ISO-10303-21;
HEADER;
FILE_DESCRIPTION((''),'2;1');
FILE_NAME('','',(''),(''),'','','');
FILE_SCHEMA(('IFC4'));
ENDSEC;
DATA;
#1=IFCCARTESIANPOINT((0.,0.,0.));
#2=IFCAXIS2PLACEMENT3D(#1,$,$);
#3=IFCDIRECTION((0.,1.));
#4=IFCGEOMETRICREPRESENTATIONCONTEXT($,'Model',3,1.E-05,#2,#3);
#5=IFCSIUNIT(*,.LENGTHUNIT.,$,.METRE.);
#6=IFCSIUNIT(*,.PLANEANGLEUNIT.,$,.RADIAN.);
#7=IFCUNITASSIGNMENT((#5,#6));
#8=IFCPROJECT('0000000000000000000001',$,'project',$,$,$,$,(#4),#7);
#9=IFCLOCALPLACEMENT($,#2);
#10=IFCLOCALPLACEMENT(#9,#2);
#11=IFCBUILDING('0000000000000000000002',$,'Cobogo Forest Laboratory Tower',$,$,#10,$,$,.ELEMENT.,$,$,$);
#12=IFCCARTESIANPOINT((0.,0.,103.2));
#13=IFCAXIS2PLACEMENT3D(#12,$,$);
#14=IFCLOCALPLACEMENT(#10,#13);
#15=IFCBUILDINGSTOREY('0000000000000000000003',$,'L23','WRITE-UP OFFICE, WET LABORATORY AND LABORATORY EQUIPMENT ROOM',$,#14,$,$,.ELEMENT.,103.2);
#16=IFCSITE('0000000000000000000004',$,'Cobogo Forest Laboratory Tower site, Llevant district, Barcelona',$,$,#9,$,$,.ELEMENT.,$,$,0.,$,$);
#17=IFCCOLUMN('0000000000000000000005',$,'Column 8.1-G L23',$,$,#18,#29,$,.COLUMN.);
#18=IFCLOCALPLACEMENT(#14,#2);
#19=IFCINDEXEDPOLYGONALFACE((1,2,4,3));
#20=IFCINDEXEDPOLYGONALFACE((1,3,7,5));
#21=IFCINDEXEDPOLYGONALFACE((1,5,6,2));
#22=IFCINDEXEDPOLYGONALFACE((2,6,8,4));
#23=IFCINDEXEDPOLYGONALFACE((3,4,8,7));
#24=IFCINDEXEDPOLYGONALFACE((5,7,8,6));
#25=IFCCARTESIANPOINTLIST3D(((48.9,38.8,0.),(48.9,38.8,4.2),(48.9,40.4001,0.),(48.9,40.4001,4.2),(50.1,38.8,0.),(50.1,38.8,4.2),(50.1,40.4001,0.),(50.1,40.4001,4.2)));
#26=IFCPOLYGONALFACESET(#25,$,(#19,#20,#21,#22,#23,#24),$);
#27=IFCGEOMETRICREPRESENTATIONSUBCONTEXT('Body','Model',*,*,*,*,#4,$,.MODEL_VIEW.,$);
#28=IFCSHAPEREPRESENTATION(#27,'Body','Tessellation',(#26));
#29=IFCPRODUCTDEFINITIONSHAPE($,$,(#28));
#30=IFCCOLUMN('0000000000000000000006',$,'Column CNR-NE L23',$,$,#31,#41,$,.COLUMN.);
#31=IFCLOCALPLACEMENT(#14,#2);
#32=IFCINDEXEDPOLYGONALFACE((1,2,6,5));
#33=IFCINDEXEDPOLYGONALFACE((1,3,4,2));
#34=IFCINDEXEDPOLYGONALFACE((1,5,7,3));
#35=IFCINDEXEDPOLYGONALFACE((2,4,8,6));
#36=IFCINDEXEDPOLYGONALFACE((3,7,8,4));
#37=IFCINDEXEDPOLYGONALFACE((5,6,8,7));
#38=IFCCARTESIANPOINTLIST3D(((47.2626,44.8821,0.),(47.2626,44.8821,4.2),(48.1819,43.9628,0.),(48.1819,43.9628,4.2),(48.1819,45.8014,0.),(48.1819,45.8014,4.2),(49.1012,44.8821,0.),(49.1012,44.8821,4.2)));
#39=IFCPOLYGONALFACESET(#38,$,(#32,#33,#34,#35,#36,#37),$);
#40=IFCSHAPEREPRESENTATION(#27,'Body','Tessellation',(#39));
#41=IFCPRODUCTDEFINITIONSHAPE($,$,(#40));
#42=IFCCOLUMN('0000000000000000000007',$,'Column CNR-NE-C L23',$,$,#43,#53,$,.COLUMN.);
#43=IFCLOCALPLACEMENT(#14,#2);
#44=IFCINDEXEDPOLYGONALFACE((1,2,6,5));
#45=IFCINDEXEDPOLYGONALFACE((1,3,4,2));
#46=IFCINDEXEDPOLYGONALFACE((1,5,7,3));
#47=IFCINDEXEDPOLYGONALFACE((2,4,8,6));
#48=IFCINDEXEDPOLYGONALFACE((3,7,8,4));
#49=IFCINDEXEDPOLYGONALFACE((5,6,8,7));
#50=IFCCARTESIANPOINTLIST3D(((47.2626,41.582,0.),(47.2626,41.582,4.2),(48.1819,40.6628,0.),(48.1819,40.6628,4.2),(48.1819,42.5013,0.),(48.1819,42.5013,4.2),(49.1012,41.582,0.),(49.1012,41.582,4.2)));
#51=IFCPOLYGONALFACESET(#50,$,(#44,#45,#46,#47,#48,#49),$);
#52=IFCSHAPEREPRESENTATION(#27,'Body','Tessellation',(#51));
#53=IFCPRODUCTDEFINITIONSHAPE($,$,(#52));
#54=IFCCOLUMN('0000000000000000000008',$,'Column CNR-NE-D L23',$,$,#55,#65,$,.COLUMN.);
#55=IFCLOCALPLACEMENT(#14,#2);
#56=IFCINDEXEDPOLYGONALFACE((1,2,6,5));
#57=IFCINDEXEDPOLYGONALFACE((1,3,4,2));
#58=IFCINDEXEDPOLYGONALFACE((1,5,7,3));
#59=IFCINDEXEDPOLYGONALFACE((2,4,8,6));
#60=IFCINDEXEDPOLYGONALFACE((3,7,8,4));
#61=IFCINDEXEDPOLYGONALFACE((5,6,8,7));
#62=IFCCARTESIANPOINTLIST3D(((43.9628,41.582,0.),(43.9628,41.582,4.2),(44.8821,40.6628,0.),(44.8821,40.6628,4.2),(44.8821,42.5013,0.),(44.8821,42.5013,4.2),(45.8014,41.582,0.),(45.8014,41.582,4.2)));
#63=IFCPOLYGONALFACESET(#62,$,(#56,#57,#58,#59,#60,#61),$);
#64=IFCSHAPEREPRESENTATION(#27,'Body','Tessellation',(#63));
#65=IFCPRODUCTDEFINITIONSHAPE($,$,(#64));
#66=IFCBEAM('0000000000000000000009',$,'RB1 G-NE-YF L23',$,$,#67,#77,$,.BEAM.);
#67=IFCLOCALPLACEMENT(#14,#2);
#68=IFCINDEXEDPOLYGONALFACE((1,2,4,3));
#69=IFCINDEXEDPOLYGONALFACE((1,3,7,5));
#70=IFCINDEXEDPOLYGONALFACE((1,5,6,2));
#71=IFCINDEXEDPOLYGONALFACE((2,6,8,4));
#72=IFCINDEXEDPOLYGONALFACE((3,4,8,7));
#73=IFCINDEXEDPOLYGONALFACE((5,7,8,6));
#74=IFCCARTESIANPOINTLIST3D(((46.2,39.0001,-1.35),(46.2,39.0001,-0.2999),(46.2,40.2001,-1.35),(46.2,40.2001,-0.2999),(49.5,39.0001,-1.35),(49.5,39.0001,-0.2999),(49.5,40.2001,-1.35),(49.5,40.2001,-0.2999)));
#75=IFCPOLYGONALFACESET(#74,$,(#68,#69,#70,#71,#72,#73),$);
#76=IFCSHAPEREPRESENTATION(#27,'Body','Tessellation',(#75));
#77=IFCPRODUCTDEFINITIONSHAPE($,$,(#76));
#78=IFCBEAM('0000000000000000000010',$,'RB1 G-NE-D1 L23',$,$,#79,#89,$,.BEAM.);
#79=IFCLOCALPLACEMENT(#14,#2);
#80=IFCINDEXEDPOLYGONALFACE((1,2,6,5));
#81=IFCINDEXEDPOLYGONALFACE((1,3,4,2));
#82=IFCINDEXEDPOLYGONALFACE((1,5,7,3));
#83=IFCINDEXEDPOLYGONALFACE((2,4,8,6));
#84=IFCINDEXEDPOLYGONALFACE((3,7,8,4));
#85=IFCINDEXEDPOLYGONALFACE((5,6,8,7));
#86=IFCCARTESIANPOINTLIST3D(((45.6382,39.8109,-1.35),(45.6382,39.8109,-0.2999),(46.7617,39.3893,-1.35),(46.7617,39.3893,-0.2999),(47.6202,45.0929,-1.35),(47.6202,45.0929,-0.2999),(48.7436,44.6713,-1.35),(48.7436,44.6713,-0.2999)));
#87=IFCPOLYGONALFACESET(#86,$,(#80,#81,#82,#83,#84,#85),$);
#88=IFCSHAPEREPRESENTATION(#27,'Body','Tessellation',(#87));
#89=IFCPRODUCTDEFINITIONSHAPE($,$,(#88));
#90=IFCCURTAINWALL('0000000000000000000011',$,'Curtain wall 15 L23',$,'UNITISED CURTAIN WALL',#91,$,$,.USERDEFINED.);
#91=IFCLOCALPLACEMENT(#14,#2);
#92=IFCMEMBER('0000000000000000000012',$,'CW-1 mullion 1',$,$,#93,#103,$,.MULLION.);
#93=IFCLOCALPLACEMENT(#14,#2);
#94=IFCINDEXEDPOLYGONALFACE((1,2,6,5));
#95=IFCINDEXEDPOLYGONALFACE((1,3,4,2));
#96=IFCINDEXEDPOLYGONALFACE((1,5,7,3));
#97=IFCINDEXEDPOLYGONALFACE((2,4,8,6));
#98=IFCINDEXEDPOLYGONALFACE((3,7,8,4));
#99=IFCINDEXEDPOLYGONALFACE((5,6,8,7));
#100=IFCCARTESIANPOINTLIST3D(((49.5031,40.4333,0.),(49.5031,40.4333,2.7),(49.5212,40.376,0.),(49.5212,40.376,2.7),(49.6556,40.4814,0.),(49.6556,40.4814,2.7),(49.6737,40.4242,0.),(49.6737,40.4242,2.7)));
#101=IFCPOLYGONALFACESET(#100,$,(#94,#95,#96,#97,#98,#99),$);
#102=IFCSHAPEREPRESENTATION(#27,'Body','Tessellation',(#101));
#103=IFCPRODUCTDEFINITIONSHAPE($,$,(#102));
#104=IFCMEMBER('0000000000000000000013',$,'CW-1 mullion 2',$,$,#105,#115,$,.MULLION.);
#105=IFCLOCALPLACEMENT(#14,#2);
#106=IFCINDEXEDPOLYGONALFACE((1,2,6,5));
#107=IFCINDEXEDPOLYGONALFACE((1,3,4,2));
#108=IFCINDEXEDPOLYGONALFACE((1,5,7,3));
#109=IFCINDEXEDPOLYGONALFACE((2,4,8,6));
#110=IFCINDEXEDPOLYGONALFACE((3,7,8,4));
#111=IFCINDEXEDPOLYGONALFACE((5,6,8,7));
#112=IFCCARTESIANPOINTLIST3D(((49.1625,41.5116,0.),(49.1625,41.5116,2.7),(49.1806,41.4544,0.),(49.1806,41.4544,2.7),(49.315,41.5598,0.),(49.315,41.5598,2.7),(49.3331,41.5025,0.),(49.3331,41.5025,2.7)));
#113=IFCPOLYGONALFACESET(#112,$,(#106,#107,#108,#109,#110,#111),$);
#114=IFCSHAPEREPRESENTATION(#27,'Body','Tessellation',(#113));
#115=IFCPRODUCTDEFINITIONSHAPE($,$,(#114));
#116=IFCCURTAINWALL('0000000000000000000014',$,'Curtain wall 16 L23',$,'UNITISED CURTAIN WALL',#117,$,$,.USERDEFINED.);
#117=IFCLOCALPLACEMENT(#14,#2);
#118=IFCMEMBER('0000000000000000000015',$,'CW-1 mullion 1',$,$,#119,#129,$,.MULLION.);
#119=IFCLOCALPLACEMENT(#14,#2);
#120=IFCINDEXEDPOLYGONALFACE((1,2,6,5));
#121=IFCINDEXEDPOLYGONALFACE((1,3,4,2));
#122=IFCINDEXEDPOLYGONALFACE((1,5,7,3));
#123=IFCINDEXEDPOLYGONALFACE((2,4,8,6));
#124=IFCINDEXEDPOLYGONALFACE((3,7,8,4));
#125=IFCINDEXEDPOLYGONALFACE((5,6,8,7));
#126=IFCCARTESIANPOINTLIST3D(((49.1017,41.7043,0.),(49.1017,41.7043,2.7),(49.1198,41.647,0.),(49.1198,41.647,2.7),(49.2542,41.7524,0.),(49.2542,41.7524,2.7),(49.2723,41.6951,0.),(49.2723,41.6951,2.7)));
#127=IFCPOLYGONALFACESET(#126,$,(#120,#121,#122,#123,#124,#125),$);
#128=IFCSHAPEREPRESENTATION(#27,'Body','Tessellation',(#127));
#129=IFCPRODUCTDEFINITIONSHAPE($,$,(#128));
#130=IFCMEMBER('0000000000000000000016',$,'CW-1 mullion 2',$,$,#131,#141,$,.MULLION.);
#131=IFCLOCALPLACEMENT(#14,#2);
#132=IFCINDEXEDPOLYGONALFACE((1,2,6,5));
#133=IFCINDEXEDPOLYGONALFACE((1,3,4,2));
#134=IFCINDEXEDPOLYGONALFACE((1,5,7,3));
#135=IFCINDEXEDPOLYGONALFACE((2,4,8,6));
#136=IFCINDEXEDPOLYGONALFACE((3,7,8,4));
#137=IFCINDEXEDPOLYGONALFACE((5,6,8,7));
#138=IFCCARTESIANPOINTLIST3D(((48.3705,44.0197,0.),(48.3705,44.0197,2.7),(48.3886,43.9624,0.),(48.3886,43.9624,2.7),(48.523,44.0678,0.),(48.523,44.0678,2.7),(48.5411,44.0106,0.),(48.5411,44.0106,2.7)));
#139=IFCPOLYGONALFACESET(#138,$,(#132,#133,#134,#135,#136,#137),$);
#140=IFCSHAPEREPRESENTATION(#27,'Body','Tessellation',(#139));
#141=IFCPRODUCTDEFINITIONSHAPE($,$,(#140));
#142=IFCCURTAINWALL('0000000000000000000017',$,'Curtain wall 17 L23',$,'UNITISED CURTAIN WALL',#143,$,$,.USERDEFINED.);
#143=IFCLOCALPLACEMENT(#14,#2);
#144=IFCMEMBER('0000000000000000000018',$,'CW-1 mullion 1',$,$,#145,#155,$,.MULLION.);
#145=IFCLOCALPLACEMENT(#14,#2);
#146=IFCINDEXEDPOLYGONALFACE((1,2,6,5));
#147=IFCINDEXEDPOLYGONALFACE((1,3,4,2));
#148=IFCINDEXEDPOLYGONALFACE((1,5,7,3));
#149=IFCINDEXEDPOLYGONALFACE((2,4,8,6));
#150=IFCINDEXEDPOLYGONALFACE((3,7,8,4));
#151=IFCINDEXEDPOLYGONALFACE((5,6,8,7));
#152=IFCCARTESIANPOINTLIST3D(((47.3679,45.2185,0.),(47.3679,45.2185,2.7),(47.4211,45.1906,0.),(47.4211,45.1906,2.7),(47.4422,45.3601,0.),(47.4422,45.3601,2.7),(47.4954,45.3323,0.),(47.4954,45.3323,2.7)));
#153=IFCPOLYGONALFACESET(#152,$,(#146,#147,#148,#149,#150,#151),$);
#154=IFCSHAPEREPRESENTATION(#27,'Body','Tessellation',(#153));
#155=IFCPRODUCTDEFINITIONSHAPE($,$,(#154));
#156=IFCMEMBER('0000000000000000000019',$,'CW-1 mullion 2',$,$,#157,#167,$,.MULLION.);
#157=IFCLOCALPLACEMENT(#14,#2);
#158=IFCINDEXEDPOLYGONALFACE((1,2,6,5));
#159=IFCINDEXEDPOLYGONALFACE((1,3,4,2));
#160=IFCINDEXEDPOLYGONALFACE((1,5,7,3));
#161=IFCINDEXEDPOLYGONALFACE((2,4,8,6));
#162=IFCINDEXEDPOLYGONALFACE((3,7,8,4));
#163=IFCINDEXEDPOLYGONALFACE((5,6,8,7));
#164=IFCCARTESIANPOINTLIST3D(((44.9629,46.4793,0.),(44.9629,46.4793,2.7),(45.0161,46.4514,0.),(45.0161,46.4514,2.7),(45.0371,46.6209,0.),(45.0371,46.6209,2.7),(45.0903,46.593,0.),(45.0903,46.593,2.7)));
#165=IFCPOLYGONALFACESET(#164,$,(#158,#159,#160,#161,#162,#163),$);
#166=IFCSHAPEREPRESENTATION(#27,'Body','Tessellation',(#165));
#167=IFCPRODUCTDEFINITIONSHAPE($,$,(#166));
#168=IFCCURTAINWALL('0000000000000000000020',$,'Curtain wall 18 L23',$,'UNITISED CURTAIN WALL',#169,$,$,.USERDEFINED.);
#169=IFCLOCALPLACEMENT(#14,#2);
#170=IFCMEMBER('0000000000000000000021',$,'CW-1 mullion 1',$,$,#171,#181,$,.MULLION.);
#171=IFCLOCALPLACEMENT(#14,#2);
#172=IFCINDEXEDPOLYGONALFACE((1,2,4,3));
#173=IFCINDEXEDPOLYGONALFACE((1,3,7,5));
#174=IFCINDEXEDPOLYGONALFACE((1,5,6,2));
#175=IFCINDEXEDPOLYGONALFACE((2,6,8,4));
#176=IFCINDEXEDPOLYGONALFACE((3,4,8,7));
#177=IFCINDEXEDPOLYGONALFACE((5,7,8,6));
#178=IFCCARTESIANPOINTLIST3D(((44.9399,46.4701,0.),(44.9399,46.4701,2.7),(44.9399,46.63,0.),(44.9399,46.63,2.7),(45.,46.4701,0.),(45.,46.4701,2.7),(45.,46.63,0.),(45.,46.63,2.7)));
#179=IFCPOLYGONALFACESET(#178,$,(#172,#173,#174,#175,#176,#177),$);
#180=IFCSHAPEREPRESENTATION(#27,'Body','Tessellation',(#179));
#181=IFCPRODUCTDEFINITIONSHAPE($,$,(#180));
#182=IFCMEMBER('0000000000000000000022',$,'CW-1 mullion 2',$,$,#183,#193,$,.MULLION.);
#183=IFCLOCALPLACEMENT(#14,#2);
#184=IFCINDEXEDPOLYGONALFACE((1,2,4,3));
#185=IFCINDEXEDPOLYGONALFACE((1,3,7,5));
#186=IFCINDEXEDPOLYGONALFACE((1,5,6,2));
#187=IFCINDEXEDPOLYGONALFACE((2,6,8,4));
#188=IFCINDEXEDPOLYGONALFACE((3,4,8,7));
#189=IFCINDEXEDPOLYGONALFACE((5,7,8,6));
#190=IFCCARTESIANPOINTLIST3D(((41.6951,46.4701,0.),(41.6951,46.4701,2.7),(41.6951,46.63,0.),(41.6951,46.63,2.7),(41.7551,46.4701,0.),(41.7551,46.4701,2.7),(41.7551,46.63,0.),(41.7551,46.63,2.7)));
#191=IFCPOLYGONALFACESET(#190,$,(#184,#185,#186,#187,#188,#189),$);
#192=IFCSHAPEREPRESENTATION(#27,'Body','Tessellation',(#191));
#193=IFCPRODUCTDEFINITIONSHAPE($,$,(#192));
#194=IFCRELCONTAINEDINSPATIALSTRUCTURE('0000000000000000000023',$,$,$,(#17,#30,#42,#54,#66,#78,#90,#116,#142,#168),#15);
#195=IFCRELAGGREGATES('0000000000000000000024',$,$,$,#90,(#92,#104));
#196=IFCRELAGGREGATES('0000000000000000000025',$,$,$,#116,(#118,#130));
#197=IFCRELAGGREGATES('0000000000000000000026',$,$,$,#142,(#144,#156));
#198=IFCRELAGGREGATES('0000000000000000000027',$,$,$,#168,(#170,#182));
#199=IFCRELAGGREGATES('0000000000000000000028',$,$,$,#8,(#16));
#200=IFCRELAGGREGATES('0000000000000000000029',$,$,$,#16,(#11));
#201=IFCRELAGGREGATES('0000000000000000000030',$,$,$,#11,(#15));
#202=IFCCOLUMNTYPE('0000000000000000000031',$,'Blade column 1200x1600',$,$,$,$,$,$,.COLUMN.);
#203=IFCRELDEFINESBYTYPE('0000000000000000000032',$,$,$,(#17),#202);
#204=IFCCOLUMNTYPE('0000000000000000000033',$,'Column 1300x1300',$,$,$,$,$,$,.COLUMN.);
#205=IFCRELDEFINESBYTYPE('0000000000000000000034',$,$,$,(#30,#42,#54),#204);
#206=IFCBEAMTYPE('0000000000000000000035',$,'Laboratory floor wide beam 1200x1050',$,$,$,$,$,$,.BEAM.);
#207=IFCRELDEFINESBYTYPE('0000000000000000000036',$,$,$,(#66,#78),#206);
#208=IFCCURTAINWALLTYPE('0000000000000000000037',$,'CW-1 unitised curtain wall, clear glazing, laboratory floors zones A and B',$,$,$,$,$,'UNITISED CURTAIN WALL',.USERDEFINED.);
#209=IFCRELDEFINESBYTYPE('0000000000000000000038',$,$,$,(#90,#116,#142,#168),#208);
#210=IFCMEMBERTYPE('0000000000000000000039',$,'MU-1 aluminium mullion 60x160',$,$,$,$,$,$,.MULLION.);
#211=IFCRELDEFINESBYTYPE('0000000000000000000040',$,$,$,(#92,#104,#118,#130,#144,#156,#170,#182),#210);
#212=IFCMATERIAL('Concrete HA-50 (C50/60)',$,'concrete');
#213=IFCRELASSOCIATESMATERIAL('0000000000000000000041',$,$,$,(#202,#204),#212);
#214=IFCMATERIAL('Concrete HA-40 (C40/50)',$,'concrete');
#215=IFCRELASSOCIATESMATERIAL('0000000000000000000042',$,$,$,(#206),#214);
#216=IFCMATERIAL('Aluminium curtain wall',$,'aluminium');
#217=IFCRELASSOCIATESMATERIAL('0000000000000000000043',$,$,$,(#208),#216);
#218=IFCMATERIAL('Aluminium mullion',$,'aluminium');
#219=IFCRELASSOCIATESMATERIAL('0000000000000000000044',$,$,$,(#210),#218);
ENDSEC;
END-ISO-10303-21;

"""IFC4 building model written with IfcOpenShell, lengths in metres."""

from ifc_helpers import new_model, si_unit, direction, frame, origin, origin_2d, place, context, subcontext, project, spatial, rectangle, extrude, material, material_profile, profile_set, type_object, element, aggregate, save


model = new_model("IFC4")

# Units and contexts
model_context = context("Model", 3, precision=1e-05, world=origin(), true_north=direction((0.0, 1.0)))
body_context = subcontext(model_context, "Body", "Model", "MODEL_VIEW")
ifc_project = project(units=[si_unit("LENGTHUNIT", "METRE"), si_unit("PLANEANGLEUNIT", "RADIAN")], contexts=[model_context])

# Site, building, storey
site_placement = place(None, origin())
site = spatial("IfcSite", under=ifc_project, at=site_placement, Name="Cobogo Forest Laboratory Tower site, Llevant district, Barcelona", CompositionType="ELEMENT", RefElevation=0.0)
building_placement = place(site_placement, origin())
building = spatial("IfcBuilding", under=site, at=building_placement, Name="Cobogo Forest Laboratory Tower", CompositionType="ELEMENT")
storey_placement = place(building_placement, frame((0.0, 0.0, 103.2)))
storey = spatial("IfcBuildingStorey", under=building, at=storey_placement, Name="L23", Description="WRITE-UP OFFICE, WET LABORATORY AND LABORATORY EQUIPMENT ROOM", CompositionType="ELEMENT", Elevation=103.2)

# Columns
ifc_material_1 = material(Name="Concrete HA-50 (C50/60)", Category="concrete")
ifc_material_profile_1 = material_profile(ifc_material_1, rectangle(XDim=1.6001, YDim=1.2, at=origin_2d()), Name="RC 1200x1600")
ifc_profile_set_1 = profile_set([ifc_material_profile_1], Name="Concrete HA-50 (C50/60)")
column_type_1 = type_object("IfcColumnType", Name="Blade column 1200x1600", PredefinedType="COLUMN", material=ifc_profile_set_1)
column_placement = place(storey_placement, frame((49.5, 39.6001, 0.0), z_axis=(0.0, 0.0, 1.0), x_axis=(0.0, 1.0, 0.0)))
element("IfcColumn", 1, at=column_placement, inside=storey, type_object=column_type_1, Name="Column 8.1-G L23", PredefinedType="COLUMN", context=body_context, shape_type="SweptSolid", body=[
    extrude(rectangle(XDim=1.6001, YDim=1.2, at=origin_2d()), origin(), (0.0, 0.0, 1.0), 4.2),
])
ifc_material_profile_2 = material_profile(ifc_material_1, rectangle(XDim=1.3, YDim=1.3, at=origin_2d()), Name="RC 1300x1300")
ifc_profile_set_2 = profile_set([ifc_material_profile_2], Name="Concrete HA-50 (C50/60)")
column_type_2 = type_object("IfcColumnType", Name="Column 1300x1300", PredefinedType="COLUMN", material=ifc_profile_set_2)
for number, where, z_axis, x_axis, name in (
    (2, (48.1819, 44.8821, 0.0), (0.0, 0.0, 1.0), (0.707107, 0.707107, 0.0), "Column CNR-NE L23"),
    (3, (48.1819, 41.582, 0.0), (0.0, 0.0, 1.0), (0.707107, 0.707107, 0.0), "Column CNR-NE-C L23"),
    (4, (44.8821, 41.582, 0.0), (0.0, 0.0, 1.0), (0.707107, 0.707107, 0.0), "Column CNR-NE-D L23"),
):
    element("IfcColumn", number, at=place(storey_placement, frame(where, z_axis=z_axis, x_axis=x_axis)), inside=storey, type_object=column_type_2, Name=name, PredefinedType="COLUMN", context=body_context, shape_type="SweptSolid", body=[
        extrude(rectangle(XDim=1.3, YDim=1.3, at=origin_2d()), origin(), (0.0, 0.0, 1.0), 4.2),
    ])

# Beams
ifc_material_2 = material(Name="Concrete HA-40 (C40/50)", Category="concrete")
ifc_material_profile_3 = material_profile(ifc_material_2, rectangle(XDim=1.2, YDim=1.05, at=origin_2d()), Name="RC 1200x1050")
ifc_profile_set_3 = profile_set([ifc_material_profile_3], Name="Concrete HA-40 (C40/50)")
beam_type_1 = type_object("IfcBeamType", Name="Laboratory floor wide beam 1200x1050", PredefinedType="BEAM", material=ifc_profile_set_3)
beam_1_placement = place(storey_placement, frame((49.5, 39.6001, -0.825), z_axis=(-1.0, 0.0, 0.0), x_axis=(0.0, -1.0, 0.0)))
element("IfcBeam", 5, at=beam_1_placement, inside=storey, type_object=beam_type_1, Name="RB1 G-NE-YF L23", PredefinedType="BEAM", context=body_context, shape_type="SweptSolid", body=[
    extrude(rectangle(XDim=1.2, YDim=1.05, at=origin_2d()), origin(), (0.0, 0.0, 1.0), 3.3),
])
beam_2_placement = place(storey_placement, frame((48.1819, 44.8821, -0.825), z_axis=(-0.351308, -0.93626, 0.0), x_axis=(0.93626, -0.351308, 0.0)))
element("IfcBeam", 6, at=beam_2_placement, inside=storey, type_object=beam_type_1, Name="RB1 G-NE-D1 L23", PredefinedType="BEAM", context=body_context, shape_type="SweptSolid", body=[
    extrude(rectangle(XDim=1.2, YDim=1.05, at=origin_2d()), origin(), (0.0, 0.0, 1.0), 5.6416),
])

# Curtain walls, members
ifc_material_3 = material(Name="Aluminium curtain wall", Category="aluminium")
curtain_wall_type = type_object("IfcCurtainWallType", Name="CW-1 unitised curtain wall, clear glazing, laboratory floors zones A and B", ElementType="UNITISED CURTAIN WALL", PredefinedType="USERDEFINED", material=ifc_material_3)
curtain_wall_1_placement = place(storey_placement, origin())
curtain_wall_1 = element("IfcCurtainWall", 7, at=curtain_wall_1_placement, inside=storey, type_object=curtain_wall_type, Name="Curtain wall 15 L23", ObjectType="UNITISED CURTAIN WALL", PredefinedType="USERDEFINED")
ifc_material_4 = material(Name="Aluminium mullion", Category="aluminium")
ifc_material_profile_4 = material_profile(ifc_material_4, rectangle(XDim=0.0601, YDim=0.1599, at=origin_2d()), Name="AL 60x160")
ifc_profile_set_4 = profile_set([ifc_material_profile_4], Name="Aluminium mullion")
member_type_1 = type_object("IfcMemberType", Name="MU-1 aluminium mullion 60x160", PredefinedType="MULLION", material=ifc_profile_set_4)
member_1_placement = place(storey_placement, frame((49.5884, 40.4287, 0.0), z_axis=(0.0, 0.0, 1.0), x_axis=(-0.301136, 0.953581, 0.0)))
member_1 = element("IfcMember", 8, at=member_1_placement, type_object=member_type_1, Name="CW-1 mullion 1", PredefinedType="MULLION", context=body_context, shape_type="SweptSolid", body=[
    extrude(rectangle(XDim=0.0601, YDim=0.1599, at=origin_2d()), origin(), (0.0, 0.0, 1.0), 2.7),
])
member_2_placement = place(storey_placement, frame((49.2478, 41.5071, 0.0), z_axis=(0.0, 0.0, 1.0), x_axis=(-0.301136, 0.953581, 0.0)))
member_2 = element("IfcMember", 9, at=member_2_placement, type_object=member_type_1, Name="CW-1 mullion 2", PredefinedType="MULLION", context=body_context, shape_type="SweptSolid", body=[
    extrude(rectangle(XDim=0.0601, YDim=0.1599, at=origin_2d()), origin(), (0.0, 0.0, 1.0), 2.7),
])
curtain_wall_2_placement = place(storey_placement, origin())
curtain_wall_2 = element("IfcCurtainWall", 10, at=curtain_wall_2_placement, inside=storey, type_object=curtain_wall_type, Name="Curtain wall 16 L23", ObjectType="UNITISED CURTAIN WALL", PredefinedType="USERDEFINED")
member_3_placement = place(storey_placement, frame((49.187, 41.6997, 0.0), z_axis=(0.0, 0.0, 1.0), x_axis=(-0.301135, 0.953581, 0.0)))
member_3 = element("IfcMember", 11, at=member_3_placement, type_object=member_type_1, Name="CW-1 mullion 1", PredefinedType="MULLION", context=body_context, shape_type="SweptSolid", body=[
    extrude(rectangle(XDim=0.0601, YDim=0.1599, at=origin_2d()), origin(), (0.0, 0.0, 1.0), 2.7),
])
member_4_placement = place(storey_placement, frame((48.4558, 44.0151, 0.0), z_axis=(0.0, 0.0, 1.0), x_axis=(-0.301135, 0.953581, 0.0)))
member_4 = element("IfcMember", 12, at=member_4_placement, type_object=member_type_1, Name="CW-1 mullion 2", PredefinedType="MULLION", context=body_context, shape_type="SweptSolid", body=[
    extrude(rectangle(XDim=0.0601, YDim=0.1599, at=origin_2d()), origin(), (0.0, 0.0, 1.0), 2.7),
])
curtain_wall_3_placement = place(storey_placement, origin())
curtain_wall_3 = element("IfcCurtainWall", 13, at=curtain_wall_3_placement, inside=storey, type_object=curtain_wall_type, Name="Curtain wall 17 L23", ObjectType="UNITISED CURTAIN WALL", PredefinedType="USERDEFINED")
member_5_placement = place(storey_placement, frame((47.4316, 45.2754, 0.0), z_axis=(0.0, 0.0, 1.0), x_axis=(-0.885687, 0.464284, 0.0)))
member_5 = element("IfcMember", 14, at=member_5_placement, type_object=member_type_1, Name="CW-1 mullion 1", PredefinedType="MULLION", context=body_context, shape_type="SweptSolid", body=[
    extrude(rectangle(XDim=0.0601, YDim=0.1599, at=origin_2d()), origin(), (0.0, 0.0, 1.0), 2.7),
])
member_6_placement = place(storey_placement, frame((45.0266, 46.5361, 0.0), z_axis=(0.0, 0.0, 1.0), x_axis=(-0.885687, 0.464284, 0.0)))
member_6 = element("IfcMember", 15, at=member_6_placement, type_object=member_type_1, Name="CW-1 mullion 2", PredefinedType="MULLION", context=body_context, shape_type="SweptSolid", body=[
    extrude(rectangle(XDim=0.0601, YDim=0.1599, at=origin_2d()), origin(), (0.0, 0.0, 1.0), 2.7),
])
curtain_wall_4_placement = place(storey_placement, origin())
curtain_wall_4 = element("IfcCurtainWall", 16, at=curtain_wall_4_placement, inside=storey, type_object=curtain_wall_type, Name="Curtain wall 18 L23", ObjectType="UNITISED CURTAIN WALL", PredefinedType="USERDEFINED")
member_7_placement = place(storey_placement, frame((44.97, 46.55, 0.0), z_axis=(0.0, 0.0, 1.0), x_axis=(-1.0, 0.0, 0.0)))
member_7 = element("IfcMember", 17, at=member_7_placement, type_object=member_type_1, Name="CW-1 mullion 1", PredefinedType="MULLION", context=body_context, shape_type="SweptSolid", body=[
    extrude(rectangle(XDim=0.0601, YDim=0.1599, at=origin_2d()), origin(), (0.0, 0.0, 1.0), 2.7),
])
member_8_placement = place(storey_placement, frame((41.7251, 46.55, 0.0), z_axis=(0.0, 0.0, 1.0), x_axis=(-1.0, 0.0, 0.0)))
member_8 = element("IfcMember", 18, at=member_8_placement, type_object=member_type_1, Name="CW-1 mullion 2", PredefinedType="MULLION", context=body_context, shape_type="SweptSolid", body=[
    extrude(rectangle(XDim=0.0601, YDim=0.1599, at=origin_2d()), origin(), (0.0, 0.0, 1.0), 2.7),
])

aggregate(curtain_wall_1, [member_1, member_2])
aggregate(curtain_wall_2, [member_3, member_4])
aggregate(curtain_wall_3, [member_5, member_6])
aggregate(curtain_wall_4, [member_7, member_8])

save(model, "model.ifc")
